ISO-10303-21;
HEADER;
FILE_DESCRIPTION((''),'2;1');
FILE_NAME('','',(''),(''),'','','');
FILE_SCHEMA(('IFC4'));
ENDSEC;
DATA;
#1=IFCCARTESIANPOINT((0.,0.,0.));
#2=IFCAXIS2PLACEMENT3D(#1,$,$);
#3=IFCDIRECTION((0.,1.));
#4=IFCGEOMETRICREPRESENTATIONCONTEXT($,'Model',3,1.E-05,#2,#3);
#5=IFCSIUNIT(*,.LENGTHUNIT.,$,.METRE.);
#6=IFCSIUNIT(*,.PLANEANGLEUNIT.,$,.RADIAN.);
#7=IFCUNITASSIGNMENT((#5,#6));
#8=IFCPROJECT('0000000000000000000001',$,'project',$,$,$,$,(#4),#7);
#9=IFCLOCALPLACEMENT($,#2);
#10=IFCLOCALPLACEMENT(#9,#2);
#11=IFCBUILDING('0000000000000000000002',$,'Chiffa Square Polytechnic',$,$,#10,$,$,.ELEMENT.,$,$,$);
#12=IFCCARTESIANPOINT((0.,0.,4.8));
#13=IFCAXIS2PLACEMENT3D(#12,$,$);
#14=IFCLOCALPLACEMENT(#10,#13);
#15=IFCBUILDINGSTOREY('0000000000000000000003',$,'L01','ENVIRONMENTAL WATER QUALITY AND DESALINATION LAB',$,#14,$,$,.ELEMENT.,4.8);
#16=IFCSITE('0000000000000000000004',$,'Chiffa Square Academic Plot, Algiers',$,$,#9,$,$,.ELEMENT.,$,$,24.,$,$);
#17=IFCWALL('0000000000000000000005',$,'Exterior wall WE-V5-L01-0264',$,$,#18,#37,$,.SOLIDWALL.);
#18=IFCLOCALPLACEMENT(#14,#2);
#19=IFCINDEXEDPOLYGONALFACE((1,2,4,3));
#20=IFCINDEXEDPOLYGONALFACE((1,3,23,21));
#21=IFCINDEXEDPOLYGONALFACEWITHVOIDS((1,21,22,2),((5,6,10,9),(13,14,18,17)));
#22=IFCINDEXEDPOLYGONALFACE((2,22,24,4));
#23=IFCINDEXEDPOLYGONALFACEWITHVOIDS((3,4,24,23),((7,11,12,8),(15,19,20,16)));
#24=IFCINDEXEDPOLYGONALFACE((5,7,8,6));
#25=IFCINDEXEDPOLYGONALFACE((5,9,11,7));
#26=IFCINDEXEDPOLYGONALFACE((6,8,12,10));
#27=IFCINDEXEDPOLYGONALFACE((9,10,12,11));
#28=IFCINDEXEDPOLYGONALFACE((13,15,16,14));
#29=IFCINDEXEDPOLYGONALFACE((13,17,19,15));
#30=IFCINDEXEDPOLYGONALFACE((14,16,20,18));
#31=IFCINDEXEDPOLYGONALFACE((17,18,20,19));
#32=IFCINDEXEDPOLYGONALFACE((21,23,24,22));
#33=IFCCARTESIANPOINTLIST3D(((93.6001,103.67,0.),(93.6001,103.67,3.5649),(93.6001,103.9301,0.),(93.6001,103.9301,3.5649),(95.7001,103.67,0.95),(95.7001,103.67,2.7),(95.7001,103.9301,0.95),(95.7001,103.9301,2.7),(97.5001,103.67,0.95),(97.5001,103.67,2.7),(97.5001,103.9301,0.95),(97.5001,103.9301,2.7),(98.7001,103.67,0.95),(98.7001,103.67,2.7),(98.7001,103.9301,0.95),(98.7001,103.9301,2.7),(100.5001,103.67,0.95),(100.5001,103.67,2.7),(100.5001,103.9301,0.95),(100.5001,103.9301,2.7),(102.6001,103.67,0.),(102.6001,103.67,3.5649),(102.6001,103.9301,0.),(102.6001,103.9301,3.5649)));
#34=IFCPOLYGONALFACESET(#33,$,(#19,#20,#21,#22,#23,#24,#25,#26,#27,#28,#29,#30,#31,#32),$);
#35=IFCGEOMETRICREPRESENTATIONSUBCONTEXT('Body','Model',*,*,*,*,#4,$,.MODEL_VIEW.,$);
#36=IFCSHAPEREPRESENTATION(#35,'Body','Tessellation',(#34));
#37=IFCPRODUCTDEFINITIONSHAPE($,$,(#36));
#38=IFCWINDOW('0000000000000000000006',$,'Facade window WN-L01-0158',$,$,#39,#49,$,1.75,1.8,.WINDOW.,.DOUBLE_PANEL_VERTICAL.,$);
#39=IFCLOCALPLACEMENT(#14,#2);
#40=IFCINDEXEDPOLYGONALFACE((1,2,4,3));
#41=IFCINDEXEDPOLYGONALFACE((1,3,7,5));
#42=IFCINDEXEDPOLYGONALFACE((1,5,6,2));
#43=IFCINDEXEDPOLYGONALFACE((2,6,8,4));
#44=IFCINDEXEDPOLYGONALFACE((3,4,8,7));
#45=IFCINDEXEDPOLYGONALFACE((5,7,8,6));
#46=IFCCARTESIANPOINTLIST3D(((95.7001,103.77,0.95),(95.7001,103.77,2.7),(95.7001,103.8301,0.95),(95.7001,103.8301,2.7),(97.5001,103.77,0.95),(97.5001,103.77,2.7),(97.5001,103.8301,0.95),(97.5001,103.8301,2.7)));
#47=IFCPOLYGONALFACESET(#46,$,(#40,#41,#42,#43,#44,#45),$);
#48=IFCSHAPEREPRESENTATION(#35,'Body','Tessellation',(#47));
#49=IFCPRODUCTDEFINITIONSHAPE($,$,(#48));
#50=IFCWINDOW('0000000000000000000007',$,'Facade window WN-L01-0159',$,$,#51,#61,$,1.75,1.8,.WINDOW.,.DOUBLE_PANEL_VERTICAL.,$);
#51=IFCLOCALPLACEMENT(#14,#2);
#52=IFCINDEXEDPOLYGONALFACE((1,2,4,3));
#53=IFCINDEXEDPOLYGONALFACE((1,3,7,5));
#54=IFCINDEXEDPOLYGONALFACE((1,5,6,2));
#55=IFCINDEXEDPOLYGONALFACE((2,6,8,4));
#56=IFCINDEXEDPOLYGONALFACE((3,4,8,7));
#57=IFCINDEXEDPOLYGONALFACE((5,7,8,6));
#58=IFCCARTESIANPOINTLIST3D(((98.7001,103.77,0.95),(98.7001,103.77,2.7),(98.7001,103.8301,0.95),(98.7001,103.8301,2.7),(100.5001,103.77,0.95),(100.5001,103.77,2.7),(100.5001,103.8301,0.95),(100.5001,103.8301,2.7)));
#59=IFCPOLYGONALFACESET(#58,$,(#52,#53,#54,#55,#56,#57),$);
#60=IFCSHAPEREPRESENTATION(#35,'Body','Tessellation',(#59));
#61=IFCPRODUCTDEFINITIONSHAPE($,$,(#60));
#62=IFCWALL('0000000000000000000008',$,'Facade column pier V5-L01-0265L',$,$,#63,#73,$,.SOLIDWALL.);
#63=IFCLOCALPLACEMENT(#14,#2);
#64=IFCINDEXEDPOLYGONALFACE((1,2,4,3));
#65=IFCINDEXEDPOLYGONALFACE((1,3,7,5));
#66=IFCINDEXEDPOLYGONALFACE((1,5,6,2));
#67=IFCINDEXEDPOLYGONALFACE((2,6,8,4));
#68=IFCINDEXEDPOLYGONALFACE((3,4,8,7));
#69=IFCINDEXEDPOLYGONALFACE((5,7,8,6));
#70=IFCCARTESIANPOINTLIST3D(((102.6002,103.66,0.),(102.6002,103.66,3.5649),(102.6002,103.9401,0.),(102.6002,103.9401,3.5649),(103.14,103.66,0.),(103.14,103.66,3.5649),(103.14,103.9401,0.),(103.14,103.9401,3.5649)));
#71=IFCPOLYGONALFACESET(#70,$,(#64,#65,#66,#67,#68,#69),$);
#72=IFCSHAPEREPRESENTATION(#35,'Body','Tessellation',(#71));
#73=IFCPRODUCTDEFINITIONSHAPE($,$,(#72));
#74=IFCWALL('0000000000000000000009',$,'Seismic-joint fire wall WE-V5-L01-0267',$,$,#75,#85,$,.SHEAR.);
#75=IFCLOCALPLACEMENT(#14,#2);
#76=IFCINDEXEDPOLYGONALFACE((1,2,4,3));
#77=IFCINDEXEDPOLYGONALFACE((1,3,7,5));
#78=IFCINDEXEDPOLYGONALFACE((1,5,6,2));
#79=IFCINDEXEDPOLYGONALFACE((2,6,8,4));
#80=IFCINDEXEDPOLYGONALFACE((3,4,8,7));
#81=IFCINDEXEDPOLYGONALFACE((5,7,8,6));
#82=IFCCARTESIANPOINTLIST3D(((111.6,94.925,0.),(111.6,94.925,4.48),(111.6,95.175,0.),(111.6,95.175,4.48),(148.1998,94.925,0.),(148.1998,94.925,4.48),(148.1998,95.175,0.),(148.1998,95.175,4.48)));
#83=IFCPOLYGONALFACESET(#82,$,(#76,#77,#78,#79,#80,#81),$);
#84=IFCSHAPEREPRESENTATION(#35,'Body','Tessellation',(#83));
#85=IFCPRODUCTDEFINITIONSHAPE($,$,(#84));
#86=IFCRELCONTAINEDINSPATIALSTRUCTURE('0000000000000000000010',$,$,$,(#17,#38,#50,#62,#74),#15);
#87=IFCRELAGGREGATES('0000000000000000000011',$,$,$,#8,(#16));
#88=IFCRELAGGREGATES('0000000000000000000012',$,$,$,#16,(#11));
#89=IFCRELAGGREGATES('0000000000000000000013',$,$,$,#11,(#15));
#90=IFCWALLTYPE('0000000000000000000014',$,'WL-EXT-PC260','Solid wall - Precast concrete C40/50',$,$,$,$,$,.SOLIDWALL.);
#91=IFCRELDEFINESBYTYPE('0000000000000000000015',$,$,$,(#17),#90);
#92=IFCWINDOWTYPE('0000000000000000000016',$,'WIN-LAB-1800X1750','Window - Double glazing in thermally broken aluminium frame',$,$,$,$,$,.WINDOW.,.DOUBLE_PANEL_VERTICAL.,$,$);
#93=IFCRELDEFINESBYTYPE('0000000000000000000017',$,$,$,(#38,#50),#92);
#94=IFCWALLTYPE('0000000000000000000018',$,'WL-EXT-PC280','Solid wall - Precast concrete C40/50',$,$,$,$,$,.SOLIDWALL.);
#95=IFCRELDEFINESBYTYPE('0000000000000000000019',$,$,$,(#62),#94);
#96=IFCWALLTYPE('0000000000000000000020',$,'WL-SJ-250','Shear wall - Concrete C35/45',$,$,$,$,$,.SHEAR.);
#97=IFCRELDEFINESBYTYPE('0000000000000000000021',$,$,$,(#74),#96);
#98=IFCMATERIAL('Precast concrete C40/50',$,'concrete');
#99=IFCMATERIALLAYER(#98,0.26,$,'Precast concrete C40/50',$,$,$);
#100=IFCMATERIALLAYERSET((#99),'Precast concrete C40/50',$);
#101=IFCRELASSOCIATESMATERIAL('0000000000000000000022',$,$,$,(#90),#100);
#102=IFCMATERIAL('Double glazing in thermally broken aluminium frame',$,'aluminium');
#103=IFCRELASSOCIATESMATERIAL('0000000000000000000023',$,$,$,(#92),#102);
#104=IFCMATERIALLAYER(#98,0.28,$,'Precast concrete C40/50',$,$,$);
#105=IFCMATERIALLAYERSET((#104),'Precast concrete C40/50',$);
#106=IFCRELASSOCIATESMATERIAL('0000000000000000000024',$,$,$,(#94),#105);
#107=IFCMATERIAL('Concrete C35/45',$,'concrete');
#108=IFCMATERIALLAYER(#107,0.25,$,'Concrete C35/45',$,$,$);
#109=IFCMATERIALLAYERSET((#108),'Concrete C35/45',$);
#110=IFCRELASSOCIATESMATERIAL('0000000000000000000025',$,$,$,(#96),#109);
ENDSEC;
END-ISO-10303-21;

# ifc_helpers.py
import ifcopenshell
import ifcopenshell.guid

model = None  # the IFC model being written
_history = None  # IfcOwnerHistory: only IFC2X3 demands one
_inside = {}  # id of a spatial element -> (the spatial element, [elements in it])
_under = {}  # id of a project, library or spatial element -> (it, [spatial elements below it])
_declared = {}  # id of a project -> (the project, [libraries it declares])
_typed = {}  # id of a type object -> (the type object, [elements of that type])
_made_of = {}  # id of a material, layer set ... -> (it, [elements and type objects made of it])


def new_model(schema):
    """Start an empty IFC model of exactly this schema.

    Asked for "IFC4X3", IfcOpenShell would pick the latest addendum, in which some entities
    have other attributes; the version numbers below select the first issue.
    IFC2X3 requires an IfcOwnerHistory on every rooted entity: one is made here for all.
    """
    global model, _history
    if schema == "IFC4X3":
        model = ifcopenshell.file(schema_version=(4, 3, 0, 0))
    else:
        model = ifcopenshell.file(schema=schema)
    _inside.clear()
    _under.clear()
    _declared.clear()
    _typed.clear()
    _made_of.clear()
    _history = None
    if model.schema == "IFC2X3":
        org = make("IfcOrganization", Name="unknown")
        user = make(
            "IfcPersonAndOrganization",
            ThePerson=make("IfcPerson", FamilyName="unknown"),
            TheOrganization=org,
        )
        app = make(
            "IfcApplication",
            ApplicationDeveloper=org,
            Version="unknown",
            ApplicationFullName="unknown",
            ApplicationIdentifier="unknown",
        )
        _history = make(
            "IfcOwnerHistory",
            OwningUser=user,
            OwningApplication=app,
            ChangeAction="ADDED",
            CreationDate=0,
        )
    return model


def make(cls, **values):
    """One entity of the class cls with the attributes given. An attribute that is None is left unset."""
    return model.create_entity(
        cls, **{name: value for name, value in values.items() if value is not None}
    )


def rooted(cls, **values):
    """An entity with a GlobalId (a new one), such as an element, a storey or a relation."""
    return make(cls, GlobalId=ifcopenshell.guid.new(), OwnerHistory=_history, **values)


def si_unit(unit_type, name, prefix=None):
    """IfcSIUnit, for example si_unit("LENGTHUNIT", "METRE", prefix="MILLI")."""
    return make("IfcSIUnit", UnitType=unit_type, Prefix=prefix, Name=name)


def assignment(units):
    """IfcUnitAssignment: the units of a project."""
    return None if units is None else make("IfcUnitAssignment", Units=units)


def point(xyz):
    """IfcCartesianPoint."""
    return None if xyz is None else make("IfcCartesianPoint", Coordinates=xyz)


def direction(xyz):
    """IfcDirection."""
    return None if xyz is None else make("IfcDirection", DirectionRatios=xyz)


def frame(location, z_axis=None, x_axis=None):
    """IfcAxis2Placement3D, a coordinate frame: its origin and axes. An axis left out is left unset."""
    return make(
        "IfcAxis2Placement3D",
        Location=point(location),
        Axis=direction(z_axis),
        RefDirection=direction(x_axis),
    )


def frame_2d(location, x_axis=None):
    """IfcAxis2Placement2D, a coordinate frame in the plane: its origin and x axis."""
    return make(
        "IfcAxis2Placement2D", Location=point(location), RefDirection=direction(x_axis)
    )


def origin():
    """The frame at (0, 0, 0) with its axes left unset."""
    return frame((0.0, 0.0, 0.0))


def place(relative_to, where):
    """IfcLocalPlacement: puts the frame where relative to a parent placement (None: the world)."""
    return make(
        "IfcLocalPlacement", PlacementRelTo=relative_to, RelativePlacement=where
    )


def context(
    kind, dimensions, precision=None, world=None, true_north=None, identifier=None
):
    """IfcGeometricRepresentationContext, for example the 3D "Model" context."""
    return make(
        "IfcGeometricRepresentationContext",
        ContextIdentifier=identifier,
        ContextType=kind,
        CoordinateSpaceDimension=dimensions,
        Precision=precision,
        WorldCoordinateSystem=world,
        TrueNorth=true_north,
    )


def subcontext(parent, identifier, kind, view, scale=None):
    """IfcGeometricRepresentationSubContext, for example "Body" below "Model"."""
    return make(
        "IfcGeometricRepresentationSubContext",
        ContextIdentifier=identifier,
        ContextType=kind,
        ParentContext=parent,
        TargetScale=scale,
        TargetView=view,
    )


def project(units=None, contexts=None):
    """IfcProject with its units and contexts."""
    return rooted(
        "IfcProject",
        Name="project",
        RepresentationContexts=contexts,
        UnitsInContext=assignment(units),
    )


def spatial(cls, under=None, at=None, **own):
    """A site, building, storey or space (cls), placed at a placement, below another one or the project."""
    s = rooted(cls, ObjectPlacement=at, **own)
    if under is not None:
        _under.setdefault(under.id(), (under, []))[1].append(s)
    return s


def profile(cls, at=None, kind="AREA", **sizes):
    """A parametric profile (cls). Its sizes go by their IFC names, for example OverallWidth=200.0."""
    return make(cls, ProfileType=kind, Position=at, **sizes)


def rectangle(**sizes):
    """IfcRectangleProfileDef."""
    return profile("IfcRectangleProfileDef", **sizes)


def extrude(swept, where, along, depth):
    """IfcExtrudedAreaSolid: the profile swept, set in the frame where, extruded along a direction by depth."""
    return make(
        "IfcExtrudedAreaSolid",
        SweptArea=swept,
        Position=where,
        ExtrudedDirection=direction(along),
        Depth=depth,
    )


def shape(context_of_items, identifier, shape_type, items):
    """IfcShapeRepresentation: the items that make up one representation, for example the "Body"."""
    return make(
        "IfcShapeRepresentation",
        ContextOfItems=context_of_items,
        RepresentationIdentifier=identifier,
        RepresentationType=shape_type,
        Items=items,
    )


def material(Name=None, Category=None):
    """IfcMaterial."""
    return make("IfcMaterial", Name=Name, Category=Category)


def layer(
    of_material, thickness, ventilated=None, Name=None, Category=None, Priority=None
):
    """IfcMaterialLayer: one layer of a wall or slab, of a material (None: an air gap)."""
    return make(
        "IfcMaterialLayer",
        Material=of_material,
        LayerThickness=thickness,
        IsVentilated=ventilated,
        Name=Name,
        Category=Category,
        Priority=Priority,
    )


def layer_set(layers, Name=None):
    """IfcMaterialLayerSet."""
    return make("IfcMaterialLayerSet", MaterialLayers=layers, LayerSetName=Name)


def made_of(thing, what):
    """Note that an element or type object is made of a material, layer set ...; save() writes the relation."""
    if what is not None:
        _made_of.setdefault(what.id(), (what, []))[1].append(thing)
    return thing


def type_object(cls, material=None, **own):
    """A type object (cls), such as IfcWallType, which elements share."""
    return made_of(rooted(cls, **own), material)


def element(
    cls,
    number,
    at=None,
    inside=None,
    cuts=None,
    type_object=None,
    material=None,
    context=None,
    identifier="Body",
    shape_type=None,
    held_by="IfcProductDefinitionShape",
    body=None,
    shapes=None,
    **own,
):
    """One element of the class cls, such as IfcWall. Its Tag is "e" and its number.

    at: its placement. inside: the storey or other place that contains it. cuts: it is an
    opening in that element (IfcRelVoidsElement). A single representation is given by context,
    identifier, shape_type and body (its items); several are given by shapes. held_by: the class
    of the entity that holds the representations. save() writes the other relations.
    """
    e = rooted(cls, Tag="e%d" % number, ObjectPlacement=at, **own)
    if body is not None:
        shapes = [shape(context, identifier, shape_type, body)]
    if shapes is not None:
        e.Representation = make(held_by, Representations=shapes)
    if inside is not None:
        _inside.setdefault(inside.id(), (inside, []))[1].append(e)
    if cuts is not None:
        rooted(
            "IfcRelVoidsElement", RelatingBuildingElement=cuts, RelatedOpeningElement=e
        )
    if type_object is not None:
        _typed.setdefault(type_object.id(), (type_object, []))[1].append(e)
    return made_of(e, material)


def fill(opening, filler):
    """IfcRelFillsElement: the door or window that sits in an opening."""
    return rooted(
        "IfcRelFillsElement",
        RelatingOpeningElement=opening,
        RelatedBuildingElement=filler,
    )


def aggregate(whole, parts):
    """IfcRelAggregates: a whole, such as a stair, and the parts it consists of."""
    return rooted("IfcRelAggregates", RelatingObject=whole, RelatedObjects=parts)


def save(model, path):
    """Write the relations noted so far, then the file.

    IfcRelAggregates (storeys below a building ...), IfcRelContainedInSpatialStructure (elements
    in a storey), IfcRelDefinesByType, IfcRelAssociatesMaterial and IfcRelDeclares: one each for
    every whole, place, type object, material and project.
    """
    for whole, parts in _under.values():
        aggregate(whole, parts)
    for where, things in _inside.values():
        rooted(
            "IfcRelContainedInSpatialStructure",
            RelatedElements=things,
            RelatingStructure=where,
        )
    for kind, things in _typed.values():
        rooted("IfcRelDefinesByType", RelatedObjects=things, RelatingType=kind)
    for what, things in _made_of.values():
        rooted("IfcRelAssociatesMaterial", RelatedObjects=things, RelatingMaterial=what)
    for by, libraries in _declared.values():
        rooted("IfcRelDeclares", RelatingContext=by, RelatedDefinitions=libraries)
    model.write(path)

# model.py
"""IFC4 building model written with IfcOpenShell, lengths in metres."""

from ifc_helpers import new_model, si_unit, direction, frame, frame_2d, origin, place, context, subcontext, project, spatial, rectangle, extrude, material, layer, layer_set, type_object, element, fill, save


model = new_model("IFC4")

# Units and contexts
model_context = context("Model", 3, precision=1e-05, world=origin(), true_north=direction((0.0, 1.0)))
body_context = subcontext(model_context, "Body", "Model", "MODEL_VIEW")
ifc_project = project(units=[si_unit("LENGTHUNIT", "METRE"), si_unit("PLANEANGLEUNIT", "RADIAN")], contexts=[model_context])

# Site, building, storey
site_placement = place(None, origin())
site = spatial("IfcSite", under=ifc_project, at=site_placement, Name="Chiffa Square Academic Plot, Algiers", CompositionType="ELEMENT", RefElevation=24.0)
building_placement = place(site_placement, origin())
building = spatial("IfcBuilding", under=site, at=building_placement, Name="Chiffa Square Polytechnic", CompositionType="ELEMENT")
storey_placement = place(building_placement, frame((0.0, 0.0, 4.8)))
storey = spatial("IfcBuildingStorey", under=building, at=storey_placement, Name="L01", Description="ENVIRONMENTAL WATER QUALITY AND DESALINATION LAB", CompositionType="ELEMENT", Elevation=4.8)

# Shared definitions
ifc_material_1 = material(Name="Concrete C35/45", Category="concrete")

# Wall, openings, windows
ifc_material_2 = material(Name="Precast concrete C40/50", Category="concrete")
ifc_layer_1 = layer(ifc_material_2, 0.26, Name="Precast concrete C40/50")
ifc_layer_set_1 = layer_set([ifc_layer_1], Name="Precast concrete C40/50")
wall_type_1 = type_object("IfcWallType", Name="WL-EXT-PC260", Description="Solid wall - Precast concrete C40/50", PredefinedType="SOLIDWALL", material=ifc_layer_set_1)
wall_1_placement = place(storey_placement, frame((93.6001, 103.8, 0.0), z_axis=(0.0, 0.0, 1.0), x_axis=(1.0, 0.0, 0.0)))
wall_1 = element("IfcWall", 1, at=wall_1_placement, inside=storey, type_object=wall_type_1, Name="Exterior wall WE-V5-L01-0264", PredefinedType="SOLIDWALL", context=body_context, shape_type="SweptSolid", body=[
    extrude(rectangle(XDim=9.0, YDim=0.26, at=frame_2d((4.5, 0.0))), origin(), (0.0, 0.0, 1.0), 3.5649),
])
opening_1_placement = place(wall_1_placement, frame((2.1001, 0.0, 0.95)))
opening_1 = element("IfcOpeningElement", 2, at=opening_1_placement, cuts=wall_1, PredefinedType="OPENING", context=body_context, shape_type="SweptSolid", body=[
    extrude(rectangle(XDim=1.8, YDim=1.75, at=frame_2d((0.8999, 0.875))), frame((0.0, 0.1401, 0.0), z_axis=(0.0, -1.0, 0.0), x_axis=(1.0, 0.0, 0.0)), (0.0, 0.0, 1.0), 0.28),
])
opening_2_placement = place(wall_1_placement, frame((5.1001, 0.0, 0.95)))
opening_2 = element("IfcOpeningElement", 3, at=opening_2_placement, cuts=wall_1, PredefinedType="OPENING", context=body_context, shape_type="SweptSolid", body=[
    extrude(rectangle(XDim=1.8, YDim=1.75, at=frame_2d((0.8999, 0.875))), frame((0.0, 0.1401, 0.0), z_axis=(0.0, -1.0, 0.0), x_axis=(1.0, 0.0, 0.0)), (0.0, 0.0, 1.0), 0.28),
])
ifc_material_3 = material(Name="Double glazing in thermally broken aluminium frame", Category="aluminium")
window_type = type_object("IfcWindowType", Name="WIN-LAB-1800X1750", Description="Window - Double glazing in thermally broken aluminium frame", PartitioningType="DOUBLE_PANEL_VERTICAL", PredefinedType="WINDOW", material=ifc_material_3)
window_1_placement = place(opening_1_placement, origin())
window_1 = element("IfcWindow", 4, at=window_1_placement, inside=storey, type_object=window_type, Name="Facade window WN-L01-0158", OverallHeight=1.75, OverallWidth=1.8, PartitioningType="DOUBLE_PANEL_VERTICAL", PredefinedType="WINDOW", context=body_context, shape_type="SweptSolid", body=[
    extrude(rectangle(XDim=1.8, YDim=1.75, at=frame_2d((0.8999, 0.875))), frame((0.0, 0.03, 0.0), z_axis=(0.0, -1.0, 0.0), x_axis=(1.0, 0.0, 0.0)), (0.0, 0.0, 1.0), 0.0601),
])
fill(opening_1, window_1)
window_2_placement = place(opening_2_placement, origin())
window_2 = element("IfcWindow", 5, at=window_2_placement, inside=storey, type_object=window_type, Name="Facade window WN-L01-0159", OverallHeight=1.75, OverallWidth=1.8, PartitioningType="DOUBLE_PANEL_VERTICAL", PredefinedType="WINDOW", context=body_context, shape_type="SweptSolid", body=[
    extrude(rectangle(XDim=1.8, YDim=1.75, at=frame_2d((0.8999, 0.875))), frame((0.0, 0.03, 0.0), z_axis=(0.0, -1.0, 0.0), x_axis=(1.0, 0.0, 0.0)), (0.0, 0.0, 1.0), 0.0601),
])
fill(opening_2, window_2)

# Walls
ifc_layer_2 = layer(ifc_material_2, 0.28, Name="Precast concrete C40/50")
ifc_layer_set_2 = layer_set([ifc_layer_2], Name="Precast concrete C40/50")
wall_type_2 = type_object("IfcWallType", Name="WL-EXT-PC280", Description="Solid wall - Precast concrete C40/50", PredefinedType="SOLIDWALL", material=ifc_layer_set_2)
wall_2_placement = place(storey_placement, frame((102.6001, 103.8, 0.0), z_axis=(0.0, 0.0, 1.0), x_axis=(1.0, 0.0, 0.0)))
element("IfcWall", 6, at=wall_2_placement, inside=storey, type_object=wall_type_2, Name="Facade column pier V5-L01-0265L", PredefinedType="SOLIDWALL", context=body_context, shape_type="SweptSolid", body=[
    extrude(rectangle(XDim=0.5398, YDim=0.28, at=frame_2d((0.27, 0.0))), origin(), (0.0, 0.0, 1.0), 3.5649),
])
ifc_layer_3 = layer(ifc_material_1, 0.25, Name="Concrete C35/45")
ifc_layer_set_3 = layer_set([ifc_layer_3], Name="Concrete C35/45")
wall_type_3 = type_object("IfcWallType", Name="WL-SJ-250", Description="Shear wall - Concrete C35/45", PredefinedType="SHEAR", material=ifc_layer_set_3)
wall_3_placement = place(storey_placement, frame((111.6001, 95.05, 0.0), z_axis=(0.0, 0.0, 1.0), x_axis=(1.0, 0.0, 0.0)))
element("IfcWall", 7, at=wall_3_placement, inside=storey, type_object=wall_type_3, Name="Seismic-joint fire wall WE-V5-L01-0267", PredefinedType="SHEAR", context=body_context, shape_type="SweptSolid", body=[
    extrude(rectangle(XDim=36.5999, YDim=0.25, at=frame_2d((18.2998, 0.0))), origin(), (0.0, 0.0, 1.0), 4.48),
])

save(model, "model.ifc")
